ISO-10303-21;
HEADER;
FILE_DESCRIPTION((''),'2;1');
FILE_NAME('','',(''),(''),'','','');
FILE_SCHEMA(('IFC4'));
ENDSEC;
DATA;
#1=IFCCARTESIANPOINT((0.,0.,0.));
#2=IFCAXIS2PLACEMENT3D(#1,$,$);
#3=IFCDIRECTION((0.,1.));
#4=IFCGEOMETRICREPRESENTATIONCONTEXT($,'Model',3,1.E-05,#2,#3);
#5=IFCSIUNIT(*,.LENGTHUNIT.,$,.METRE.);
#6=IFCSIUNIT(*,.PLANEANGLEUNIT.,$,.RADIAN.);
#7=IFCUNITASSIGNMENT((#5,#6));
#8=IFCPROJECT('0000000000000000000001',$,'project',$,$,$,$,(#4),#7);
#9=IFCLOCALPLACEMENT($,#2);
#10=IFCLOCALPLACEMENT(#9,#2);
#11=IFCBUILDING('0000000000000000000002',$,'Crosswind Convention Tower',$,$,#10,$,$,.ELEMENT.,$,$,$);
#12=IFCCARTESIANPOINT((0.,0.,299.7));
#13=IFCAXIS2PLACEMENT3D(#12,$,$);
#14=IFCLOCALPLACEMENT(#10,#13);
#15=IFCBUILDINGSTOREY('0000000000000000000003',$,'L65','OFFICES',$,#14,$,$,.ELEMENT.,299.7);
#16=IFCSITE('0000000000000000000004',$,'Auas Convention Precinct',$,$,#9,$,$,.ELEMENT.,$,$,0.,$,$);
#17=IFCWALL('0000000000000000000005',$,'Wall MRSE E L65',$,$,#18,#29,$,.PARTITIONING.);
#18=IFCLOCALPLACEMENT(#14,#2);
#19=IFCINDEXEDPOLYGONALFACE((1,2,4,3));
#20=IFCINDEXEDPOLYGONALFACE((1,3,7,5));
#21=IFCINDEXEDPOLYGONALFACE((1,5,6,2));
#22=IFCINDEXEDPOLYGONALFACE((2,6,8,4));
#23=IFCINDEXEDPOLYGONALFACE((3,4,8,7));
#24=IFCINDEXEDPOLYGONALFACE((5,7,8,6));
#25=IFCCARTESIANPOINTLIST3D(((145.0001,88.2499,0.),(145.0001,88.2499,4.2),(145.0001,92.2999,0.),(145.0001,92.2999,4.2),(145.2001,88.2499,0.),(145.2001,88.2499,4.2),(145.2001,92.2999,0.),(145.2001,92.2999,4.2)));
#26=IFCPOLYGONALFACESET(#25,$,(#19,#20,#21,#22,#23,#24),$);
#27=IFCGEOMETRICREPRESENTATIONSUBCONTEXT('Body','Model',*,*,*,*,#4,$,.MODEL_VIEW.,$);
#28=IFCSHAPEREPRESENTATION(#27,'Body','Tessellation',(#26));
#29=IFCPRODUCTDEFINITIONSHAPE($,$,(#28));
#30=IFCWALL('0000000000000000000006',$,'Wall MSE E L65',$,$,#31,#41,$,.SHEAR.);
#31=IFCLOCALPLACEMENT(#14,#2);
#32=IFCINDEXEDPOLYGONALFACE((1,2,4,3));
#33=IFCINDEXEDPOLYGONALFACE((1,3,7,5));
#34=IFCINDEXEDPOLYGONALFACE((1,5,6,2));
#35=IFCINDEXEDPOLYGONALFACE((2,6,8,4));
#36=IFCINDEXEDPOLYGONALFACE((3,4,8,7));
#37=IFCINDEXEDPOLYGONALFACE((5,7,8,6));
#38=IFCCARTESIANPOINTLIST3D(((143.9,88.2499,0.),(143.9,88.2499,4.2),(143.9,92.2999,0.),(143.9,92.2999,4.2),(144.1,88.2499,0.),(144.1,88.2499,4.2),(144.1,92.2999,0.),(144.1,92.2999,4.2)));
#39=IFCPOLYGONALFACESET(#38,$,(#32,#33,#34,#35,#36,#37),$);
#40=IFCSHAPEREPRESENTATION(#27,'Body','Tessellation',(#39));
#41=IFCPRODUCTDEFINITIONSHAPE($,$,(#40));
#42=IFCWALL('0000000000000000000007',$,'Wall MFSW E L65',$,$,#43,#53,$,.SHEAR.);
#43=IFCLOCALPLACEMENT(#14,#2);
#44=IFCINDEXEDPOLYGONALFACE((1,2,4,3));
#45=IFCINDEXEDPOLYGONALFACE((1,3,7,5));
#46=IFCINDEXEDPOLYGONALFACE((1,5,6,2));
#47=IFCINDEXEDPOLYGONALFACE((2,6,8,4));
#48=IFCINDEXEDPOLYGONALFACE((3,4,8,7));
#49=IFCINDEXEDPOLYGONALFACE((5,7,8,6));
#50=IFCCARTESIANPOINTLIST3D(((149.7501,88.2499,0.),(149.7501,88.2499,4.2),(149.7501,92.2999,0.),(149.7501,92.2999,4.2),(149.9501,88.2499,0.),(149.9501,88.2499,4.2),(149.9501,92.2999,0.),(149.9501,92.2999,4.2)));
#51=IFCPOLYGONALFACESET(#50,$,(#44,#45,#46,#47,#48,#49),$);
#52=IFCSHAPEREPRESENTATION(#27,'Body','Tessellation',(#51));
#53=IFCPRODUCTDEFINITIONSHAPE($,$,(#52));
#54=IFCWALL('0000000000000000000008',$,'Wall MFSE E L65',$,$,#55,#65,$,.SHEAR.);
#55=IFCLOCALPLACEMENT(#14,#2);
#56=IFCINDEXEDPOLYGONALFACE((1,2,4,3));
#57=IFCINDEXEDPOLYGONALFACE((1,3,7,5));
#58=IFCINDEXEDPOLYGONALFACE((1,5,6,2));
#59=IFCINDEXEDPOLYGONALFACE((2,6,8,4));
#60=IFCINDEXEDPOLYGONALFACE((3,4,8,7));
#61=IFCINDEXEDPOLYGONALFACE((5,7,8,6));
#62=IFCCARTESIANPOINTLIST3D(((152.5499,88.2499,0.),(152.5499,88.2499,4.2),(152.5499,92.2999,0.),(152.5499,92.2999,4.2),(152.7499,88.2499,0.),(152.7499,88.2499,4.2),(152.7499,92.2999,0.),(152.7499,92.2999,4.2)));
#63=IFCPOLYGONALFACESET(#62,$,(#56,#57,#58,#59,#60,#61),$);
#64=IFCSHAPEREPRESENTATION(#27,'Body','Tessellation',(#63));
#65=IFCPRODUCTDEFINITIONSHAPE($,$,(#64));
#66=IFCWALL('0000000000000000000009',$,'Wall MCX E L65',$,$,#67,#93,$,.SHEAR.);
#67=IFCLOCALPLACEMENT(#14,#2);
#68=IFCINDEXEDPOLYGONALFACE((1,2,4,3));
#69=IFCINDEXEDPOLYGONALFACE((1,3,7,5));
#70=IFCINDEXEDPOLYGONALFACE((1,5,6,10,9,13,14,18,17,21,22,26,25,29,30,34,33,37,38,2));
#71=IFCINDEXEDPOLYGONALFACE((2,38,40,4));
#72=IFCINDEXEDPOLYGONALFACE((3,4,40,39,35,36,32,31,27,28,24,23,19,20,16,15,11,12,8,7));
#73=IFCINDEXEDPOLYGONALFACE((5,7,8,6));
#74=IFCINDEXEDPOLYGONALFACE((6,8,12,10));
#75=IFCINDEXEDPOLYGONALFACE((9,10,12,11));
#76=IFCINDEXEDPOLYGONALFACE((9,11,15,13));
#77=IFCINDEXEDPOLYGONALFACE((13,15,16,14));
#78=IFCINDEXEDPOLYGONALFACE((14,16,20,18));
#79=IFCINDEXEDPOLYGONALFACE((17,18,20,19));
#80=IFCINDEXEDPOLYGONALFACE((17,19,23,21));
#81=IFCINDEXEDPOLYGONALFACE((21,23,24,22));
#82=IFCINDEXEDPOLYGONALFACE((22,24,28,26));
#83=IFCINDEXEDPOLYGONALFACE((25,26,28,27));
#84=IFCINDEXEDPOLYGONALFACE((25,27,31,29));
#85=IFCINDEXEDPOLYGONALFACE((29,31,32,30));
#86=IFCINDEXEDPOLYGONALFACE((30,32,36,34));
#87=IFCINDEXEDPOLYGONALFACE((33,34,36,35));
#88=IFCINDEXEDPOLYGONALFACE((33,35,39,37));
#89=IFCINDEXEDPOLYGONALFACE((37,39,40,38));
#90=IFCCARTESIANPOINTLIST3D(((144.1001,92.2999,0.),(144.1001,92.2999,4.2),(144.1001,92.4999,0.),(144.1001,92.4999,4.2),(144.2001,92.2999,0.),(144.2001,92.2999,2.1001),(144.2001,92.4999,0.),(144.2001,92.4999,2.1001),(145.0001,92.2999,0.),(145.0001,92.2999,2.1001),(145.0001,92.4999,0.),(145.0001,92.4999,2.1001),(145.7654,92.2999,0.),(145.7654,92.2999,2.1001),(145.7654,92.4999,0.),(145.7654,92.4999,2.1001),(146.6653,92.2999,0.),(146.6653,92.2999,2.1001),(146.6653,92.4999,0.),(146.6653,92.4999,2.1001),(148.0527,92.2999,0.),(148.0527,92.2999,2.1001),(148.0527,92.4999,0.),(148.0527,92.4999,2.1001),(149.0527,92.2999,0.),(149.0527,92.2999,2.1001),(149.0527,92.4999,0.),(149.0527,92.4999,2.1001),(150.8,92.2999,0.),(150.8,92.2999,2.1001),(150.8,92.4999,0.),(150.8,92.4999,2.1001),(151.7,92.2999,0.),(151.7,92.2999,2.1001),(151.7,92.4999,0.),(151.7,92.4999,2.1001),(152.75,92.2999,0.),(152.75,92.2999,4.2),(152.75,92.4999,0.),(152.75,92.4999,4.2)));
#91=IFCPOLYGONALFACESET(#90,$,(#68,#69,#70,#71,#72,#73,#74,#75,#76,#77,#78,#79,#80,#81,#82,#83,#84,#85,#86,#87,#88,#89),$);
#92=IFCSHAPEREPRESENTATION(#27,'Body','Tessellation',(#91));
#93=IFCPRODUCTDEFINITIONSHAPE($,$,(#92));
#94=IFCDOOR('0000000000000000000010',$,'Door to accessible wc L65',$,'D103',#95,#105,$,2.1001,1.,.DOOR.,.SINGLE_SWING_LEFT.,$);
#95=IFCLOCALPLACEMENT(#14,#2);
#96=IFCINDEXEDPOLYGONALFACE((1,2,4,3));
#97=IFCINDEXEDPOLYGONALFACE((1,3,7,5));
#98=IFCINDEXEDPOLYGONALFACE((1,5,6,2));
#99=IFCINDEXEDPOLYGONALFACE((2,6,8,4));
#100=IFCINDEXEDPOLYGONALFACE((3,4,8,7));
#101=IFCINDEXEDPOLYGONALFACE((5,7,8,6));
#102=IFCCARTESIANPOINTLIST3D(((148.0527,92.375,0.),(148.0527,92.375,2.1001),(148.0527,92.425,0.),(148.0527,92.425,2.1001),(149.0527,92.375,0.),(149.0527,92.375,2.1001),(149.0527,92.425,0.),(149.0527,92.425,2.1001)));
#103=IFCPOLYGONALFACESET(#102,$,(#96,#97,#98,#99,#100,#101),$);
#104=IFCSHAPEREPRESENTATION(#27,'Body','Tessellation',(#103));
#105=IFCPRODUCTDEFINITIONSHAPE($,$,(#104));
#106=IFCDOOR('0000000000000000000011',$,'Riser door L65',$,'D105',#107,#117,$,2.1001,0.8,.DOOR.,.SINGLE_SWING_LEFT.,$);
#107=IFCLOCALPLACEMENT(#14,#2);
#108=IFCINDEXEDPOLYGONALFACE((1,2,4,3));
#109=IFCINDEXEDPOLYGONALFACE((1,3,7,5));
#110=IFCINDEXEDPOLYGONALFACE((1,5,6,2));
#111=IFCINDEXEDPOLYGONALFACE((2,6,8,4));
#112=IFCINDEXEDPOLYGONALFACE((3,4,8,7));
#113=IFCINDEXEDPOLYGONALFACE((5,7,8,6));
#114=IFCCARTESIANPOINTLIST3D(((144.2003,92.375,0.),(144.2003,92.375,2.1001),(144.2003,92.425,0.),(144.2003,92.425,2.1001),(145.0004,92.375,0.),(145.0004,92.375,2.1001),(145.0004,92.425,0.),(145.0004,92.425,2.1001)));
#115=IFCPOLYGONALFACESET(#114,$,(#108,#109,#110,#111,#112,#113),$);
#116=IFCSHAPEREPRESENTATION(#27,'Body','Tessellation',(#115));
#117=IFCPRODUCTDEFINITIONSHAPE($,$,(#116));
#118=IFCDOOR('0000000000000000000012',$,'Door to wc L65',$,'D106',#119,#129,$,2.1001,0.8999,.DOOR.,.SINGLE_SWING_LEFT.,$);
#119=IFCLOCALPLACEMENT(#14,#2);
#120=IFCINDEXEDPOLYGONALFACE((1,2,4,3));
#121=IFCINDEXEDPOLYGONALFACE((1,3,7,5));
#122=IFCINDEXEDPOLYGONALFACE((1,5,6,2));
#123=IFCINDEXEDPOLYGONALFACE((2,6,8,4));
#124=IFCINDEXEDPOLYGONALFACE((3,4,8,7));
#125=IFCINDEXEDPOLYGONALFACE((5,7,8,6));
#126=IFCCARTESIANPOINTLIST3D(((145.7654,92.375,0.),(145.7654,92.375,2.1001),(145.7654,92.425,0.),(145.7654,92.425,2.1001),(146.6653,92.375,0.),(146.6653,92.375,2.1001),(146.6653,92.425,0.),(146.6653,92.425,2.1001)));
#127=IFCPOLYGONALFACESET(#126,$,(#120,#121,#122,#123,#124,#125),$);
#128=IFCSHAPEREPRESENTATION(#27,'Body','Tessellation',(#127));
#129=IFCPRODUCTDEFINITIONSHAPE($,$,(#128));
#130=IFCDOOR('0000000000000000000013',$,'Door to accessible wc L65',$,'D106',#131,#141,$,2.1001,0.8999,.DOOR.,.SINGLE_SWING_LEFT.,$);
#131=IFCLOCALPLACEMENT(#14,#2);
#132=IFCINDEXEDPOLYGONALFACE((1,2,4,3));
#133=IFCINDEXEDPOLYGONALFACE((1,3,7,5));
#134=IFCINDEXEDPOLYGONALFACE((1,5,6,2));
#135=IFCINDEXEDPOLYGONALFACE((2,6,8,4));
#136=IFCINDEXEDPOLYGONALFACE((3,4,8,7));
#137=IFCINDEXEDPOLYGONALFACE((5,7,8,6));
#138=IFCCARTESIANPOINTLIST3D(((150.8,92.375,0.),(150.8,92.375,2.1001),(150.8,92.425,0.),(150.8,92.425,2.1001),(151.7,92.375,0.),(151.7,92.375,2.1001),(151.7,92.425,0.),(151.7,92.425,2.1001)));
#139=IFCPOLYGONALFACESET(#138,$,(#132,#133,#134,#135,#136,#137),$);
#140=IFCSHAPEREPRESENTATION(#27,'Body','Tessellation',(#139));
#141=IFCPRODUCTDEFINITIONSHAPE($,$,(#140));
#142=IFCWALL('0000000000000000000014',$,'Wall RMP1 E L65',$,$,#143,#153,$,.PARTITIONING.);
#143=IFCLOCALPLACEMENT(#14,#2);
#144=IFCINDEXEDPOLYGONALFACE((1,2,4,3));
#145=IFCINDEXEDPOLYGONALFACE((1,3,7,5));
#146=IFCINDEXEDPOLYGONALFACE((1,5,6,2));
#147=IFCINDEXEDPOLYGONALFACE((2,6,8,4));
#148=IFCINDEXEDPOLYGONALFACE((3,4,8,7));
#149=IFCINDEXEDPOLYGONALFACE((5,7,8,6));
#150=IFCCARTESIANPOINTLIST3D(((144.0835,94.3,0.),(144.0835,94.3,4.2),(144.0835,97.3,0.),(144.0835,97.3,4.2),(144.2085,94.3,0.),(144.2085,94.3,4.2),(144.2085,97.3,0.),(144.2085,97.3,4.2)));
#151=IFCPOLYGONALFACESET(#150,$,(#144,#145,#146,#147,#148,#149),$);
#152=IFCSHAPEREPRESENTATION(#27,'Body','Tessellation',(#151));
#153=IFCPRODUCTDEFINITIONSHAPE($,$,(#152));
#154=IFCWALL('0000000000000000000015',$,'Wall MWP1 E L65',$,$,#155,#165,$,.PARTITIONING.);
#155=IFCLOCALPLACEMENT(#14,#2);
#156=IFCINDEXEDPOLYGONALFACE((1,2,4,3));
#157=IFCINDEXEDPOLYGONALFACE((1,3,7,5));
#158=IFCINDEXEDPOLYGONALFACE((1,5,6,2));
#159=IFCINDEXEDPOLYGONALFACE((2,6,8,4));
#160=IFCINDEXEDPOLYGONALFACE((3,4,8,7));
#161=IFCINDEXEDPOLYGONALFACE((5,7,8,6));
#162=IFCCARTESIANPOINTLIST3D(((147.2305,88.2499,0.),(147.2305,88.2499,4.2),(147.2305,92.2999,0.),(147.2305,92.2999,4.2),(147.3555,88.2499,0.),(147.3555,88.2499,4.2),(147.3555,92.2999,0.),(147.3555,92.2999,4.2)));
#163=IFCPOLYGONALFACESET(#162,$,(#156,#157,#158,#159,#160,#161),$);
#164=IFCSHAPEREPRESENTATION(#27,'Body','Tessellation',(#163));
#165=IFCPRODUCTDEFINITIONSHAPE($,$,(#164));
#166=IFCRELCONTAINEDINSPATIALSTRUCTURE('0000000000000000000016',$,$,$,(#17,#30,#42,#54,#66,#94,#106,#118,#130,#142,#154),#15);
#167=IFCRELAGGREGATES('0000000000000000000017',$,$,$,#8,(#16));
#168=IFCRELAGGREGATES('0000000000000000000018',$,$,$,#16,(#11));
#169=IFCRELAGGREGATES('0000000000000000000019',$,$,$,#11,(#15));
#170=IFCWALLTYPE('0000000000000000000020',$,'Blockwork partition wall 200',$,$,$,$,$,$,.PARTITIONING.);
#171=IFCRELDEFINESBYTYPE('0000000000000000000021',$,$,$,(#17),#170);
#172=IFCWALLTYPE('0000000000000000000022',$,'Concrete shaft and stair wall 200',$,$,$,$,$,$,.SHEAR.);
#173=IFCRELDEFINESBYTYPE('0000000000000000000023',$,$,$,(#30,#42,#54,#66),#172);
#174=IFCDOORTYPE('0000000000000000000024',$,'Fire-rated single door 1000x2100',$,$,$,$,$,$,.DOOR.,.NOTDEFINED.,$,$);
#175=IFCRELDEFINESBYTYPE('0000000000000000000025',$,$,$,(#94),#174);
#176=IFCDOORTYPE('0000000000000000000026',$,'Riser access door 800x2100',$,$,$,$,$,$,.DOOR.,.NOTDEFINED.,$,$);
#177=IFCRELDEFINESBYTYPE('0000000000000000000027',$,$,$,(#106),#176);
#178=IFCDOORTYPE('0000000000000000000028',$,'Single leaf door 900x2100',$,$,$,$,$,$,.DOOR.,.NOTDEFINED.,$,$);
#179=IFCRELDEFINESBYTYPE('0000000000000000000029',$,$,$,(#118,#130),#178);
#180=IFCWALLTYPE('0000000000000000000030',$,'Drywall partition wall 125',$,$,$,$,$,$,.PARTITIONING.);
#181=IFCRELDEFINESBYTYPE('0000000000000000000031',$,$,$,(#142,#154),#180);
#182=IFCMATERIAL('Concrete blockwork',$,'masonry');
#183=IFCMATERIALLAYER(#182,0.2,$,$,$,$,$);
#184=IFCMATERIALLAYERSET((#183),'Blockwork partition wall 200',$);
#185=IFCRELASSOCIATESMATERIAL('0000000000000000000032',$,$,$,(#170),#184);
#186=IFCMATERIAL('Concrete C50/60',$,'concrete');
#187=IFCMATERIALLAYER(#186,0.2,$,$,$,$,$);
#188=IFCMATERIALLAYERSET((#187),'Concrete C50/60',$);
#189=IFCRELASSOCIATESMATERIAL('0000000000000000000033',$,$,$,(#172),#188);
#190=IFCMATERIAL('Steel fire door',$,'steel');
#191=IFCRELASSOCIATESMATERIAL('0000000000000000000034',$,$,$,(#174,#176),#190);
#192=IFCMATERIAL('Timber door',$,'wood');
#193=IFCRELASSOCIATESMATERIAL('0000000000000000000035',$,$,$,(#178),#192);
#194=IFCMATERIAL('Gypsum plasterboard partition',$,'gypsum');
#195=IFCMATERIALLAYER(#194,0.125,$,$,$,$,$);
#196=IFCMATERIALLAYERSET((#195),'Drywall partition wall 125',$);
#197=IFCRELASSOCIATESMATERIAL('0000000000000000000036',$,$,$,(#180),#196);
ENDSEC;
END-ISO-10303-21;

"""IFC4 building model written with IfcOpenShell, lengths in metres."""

from ifc_helpers import new_model, si_unit, direction, frame, frame_2d, origin, place, context, subcontext, project, spatial, rectangle, extrude, material, layer, layer_set, type_object, element, fill, save


model = new_model("IFC4")

# Units and contexts
model_context = context("Model", 3, precision=1e-05, world=origin(), true_north=direction((0.0, 1.0)))
body_context = subcontext(model_context, "Body", "Model", "MODEL_VIEW")
ifc_project = project(units=[si_unit("LENGTHUNIT", "METRE"), si_unit("PLANEANGLEUNIT", "RADIAN")], contexts=[model_context])

# Site, building, storey
site_placement = place(None, origin())
site = spatial("IfcSite", under=ifc_project, at=site_placement, Name="Auas Convention Precinct", CompositionType="ELEMENT", RefElevation=0.0)
building_placement = place(site_placement, origin())
building = spatial("IfcBuilding", under=site, at=building_placement, Name="Crosswind Convention Tower", CompositionType="ELEMENT")
storey_placement = place(building_placement, frame((0.0, 0.0, 299.7)))
storey = spatial("IfcBuildingStorey", under=building, at=storey_placement, Name="L65", Description="OFFICES", CompositionType="ELEMENT", Elevation=299.7)

# Walls
ifc_material_1 = material(Name="Concrete blockwork", Category="masonry")
ifc_layer_1 = layer(ifc_material_1, 0.2)
ifc_layer_set_1 = layer_set([ifc_layer_1], Name="Blockwork partition wall 200")
wall_type_1 = type_object("IfcWallType", Name="Blockwork partition wall 200", PredefinedType="PARTITIONING", material=ifc_layer_set_1)
wall_1_placement = place(storey_placement, frame((145.1001, 88.25, 0.0), z_axis=(0.0, 0.0, 1.0), x_axis=(0.0, 1.0, 0.0)))
element("IfcWall", 1, at=wall_1_placement, inside=storey, type_object=wall_type_1, Name="Wall MRSE E L65", PredefinedType="PARTITIONING", context=body_context, shape_type="SweptSolid", body=[
    extrude(rectangle(XDim=4.05, YDim=0.2, at=frame_2d((2.0249, 0.0))), origin(), (0.0, 0.0, 1.0), 4.2),
])
ifc_material_2 = material(Name="Concrete C50/60", Category="concrete")
ifc_layer_2 = layer(ifc_material_2, 0.2)
ifc_layer_set_2 = layer_set([ifc_layer_2], Name="Concrete C50/60")
wall_type_2 = type_object("IfcWallType", Name="Concrete shaft and stair wall 200", PredefinedType="SHEAR", material=ifc_layer_set_2)
for number, where, z_axis, x_axis, name in (
    (2, (144.0, 88.25, 0.0), (0.0, 0.0, 1.0), (0.0, 1.0, 0.0), "Wall MSE E L65"),
    (3, (149.8501, 88.25, 0.0), (0.0, 0.0, 1.0), (0.0, 1.0, 0.0), "Wall MFSW E L65"),
    (4, (152.6499, 88.25, 0.0), (0.0, 0.0, 1.0), (0.0, 1.0, 0.0), "Wall MFSE E L65"),
):
    element("IfcWall", number, at=place(storey_placement, frame(where, z_axis=z_axis, x_axis=x_axis)), inside=storey, type_object=wall_type_2, Name=name, PredefinedType="SHEAR", context=body_context, shape_type="SweptSolid", body=[
        extrude(rectangle(XDim=4.05, YDim=0.2, at=frame_2d((2.0249, 0.0))), origin(), (0.0, 0.0, 1.0), 4.2),
    ])

# Wall, openings, doors
wall_2_placement = place(storey_placement, frame((144.1001, 92.3999, 0.0), z_axis=(0.0, 0.0, 1.0), x_axis=(1.0, 0.0, 0.0)))
wall_2 = element("IfcWall", 5, at=wall_2_placement, inside=storey, type_object=wall_type_2, Name="Wall MCX E L65", PredefinedType="SHEAR", context=body_context, shape_type="SweptSolid", body=[
    extrude(rectangle(XDim=8.6499, YDim=0.2, at=frame_2d((4.325, 0.0))), origin(), (0.0, 0.0, 1.0), 4.2),
])
opening_1_placement = place(wall_2_placement, frame((0.1001, 0.0, 0.0)))
opening_1 = element("IfcOpeningElement", 6, at=opening_1_placement, cuts=wall_2, PredefinedType="OPENING", context=body_context, shape_type="SweptSolid", body=[
    extrude(rectangle(XDim=0.8, YDim=2.1001, at=frame_2d((0.3999, 1.05))), frame((0.0, 0.1099, 0.0), z_axis=(0.0, -1.0, 0.0), x_axis=(1.0, 0.0, 0.0)), (0.0, 0.0, 1.0), 0.22),
])
opening_2_placement = place(wall_2_placement, frame((1.6653, 0.0, 0.0)))
opening_2 = element("IfcOpeningElement", 7, at=opening_2_placement, cuts=wall_2, PredefinedType="OPENING", context=body_context, shape_type="SweptSolid", body=[
    extrude(rectangle(XDim=0.8999, YDim=2.1001, at=frame_2d((0.45, 1.05))), frame((0.0, 0.1099, 0.0), z_axis=(0.0, -1.0, 0.0), x_axis=(1.0, 0.0, 0.0)), (0.0, 0.0, 1.0), 0.22),
])
opening_3_placement = place(wall_2_placement, frame((3.9526, 0.0, 0.0)))
opening_3 = element("IfcOpeningElement", 8, at=opening_3_placement, cuts=wall_2, PredefinedType="OPENING", context=body_context, shape_type="SweptSolid", body=[
    extrude(rectangle(XDim=1.0, YDim=2.1001, at=frame_2d((0.5, 1.05))), frame((0.0, 0.1099, 0.0), z_axis=(0.0, -1.0, 0.0), x_axis=(1.0, 0.0, 0.0)), (0.0, 0.0, 1.0), 0.22),
])
opening_4_placement = place(wall_2_placement, frame((6.7, 0.0, 0.0)))
opening_4 = element("IfcOpeningElement", 9, at=opening_4_placement, cuts=wall_2, PredefinedType="OPENING", context=body_context, shape_type="SweptSolid", body=[
    extrude(rectangle(XDim=0.8999, YDim=2.1001, at=frame_2d((0.45, 1.05))), frame((0.0, 0.1099, 0.0), z_axis=(0.0, -1.0, 0.0), x_axis=(1.0, 0.0, 0.0)), (0.0, 0.0, 1.0), 0.22),
])
ifc_material_3 = material(Name="Steel fire door", Category="steel")
door_type_1 = type_object("IfcDoorType", Name="Fire-rated single door 1000x2100", OperationType="NOTDEFINED", PredefinedType="DOOR", material=ifc_material_3)
door_1_placement = place(opening_3_placement, frame((1.0, 0.0, 0.0), z_axis=(0.0, 0.0, 1.0), x_axis=(-1.0, 0.0, 0.0)))
door_1 = element("IfcDoor", 10, at=door_1_placement, inside=storey, type_object=door_type_1, Name="Door to accessible wc L65", ObjectType="D103", OperationType="SINGLE_SWING_LEFT", OverallHeight=2.1001, OverallWidth=1.0, PredefinedType="DOOR", context=body_context, shape_type="SweptSolid", body=[
    extrude(rectangle(XDim=1.0, YDim=2.1001, at=frame_2d((0.5, 1.05))), frame((0.0, 0.0249, 0.0), z_axis=(0.0, -1.0, 0.0), x_axis=(1.0, 0.0, 0.0)), (0.0, 0.0, 1.0), 0.05),
])
fill(opening_3, door_1)
door_type_2 = type_object("IfcDoorType", Name="Riser access door 800x2100", OperationType="NOTDEFINED", PredefinedType="DOOR", material=ifc_material_3)
door_2_placement = place(opening_1_placement, frame((0.8, 0.0, 0.0), z_axis=(0.0, 0.0, 1.0), x_axis=(-1.0, 0.0, 0.0)))
door_2 = element("IfcDoor", 11, at=door_2_placement, inside=storey, type_object=door_type_2, Name="Riser door L65", ObjectType="D105", OperationType="SINGLE_SWING_LEFT", OverallHeight=2.1001, OverallWidth=0.8, PredefinedType="DOOR", context=body_context, shape_type="SweptSolid", body=[
    extrude(rectangle(XDim=0.8, YDim=2.1001, at=frame_2d((0.3999, 1.05))), frame((0.0, 0.0249, 0.0), z_axis=(0.0, -1.0, 0.0), x_axis=(1.0, 0.0, 0.0)), (0.0, 0.0, 1.0), 0.05),
])
fill(opening_1, door_2)
ifc_material_4 = material(Name="Timber door", Category="wood")
door_type_3 = type_object("IfcDoorType", Name="Single leaf door 900x2100", OperationType="NOTDEFINED", PredefinedType="DOOR", material=ifc_material_4)
door_3_placement = place(opening_2_placement, frame((0.8999, 0.0, 0.0), z_axis=(0.0, 0.0, 1.0), x_axis=(-1.0, 0.0, 0.0)))
door_3 = element("IfcDoor", 12, at=door_3_placement, inside=storey, type_object=door_type_3, Name="Door to wc L65", ObjectType="D106", OperationType="SINGLE_SWING_LEFT", OverallHeight=2.1001, OverallWidth=0.8999, PredefinedType="DOOR", context=body_context, shape_type="SweptSolid", body=[
    extrude(rectangle(XDim=0.8999, YDim=2.1001, at=frame_2d((0.45, 1.05))), frame((0.0, 0.0249, 0.0), z_axis=(0.0, -1.0, 0.0), x_axis=(1.0, 0.0, 0.0)), (0.0, 0.0, 1.0), 0.05),
])
fill(opening_2, door_3)
door_4_placement = place(opening_4_placement, frame((0.8999, 0.0, 0.0), z_axis=(0.0, 0.0, 1.0), x_axis=(-1.0, 0.0, 0.0)))
door_4 = element("IfcDoor", 13, at=door_4_placement, inside=storey, type_object=door_type_3, Name="Door to accessible wc L65", ObjectType="D106", OperationType="SINGLE_SWING_LEFT", OverallHeight=2.1001, OverallWidth=0.8999, PredefinedType="DOOR", context=body_context, shape_type="SweptSolid", body=[
    extrude(rectangle(XDim=0.8999, YDim=2.1001, at=frame_2d((0.45, 1.05))), frame((0.0, 0.0249, 0.0), z_axis=(0.0, -1.0, 0.0), x_axis=(1.0, 0.0, 0.0)), (0.0, 0.0, 1.0), 0.05),
])
fill(opening_4, door_4)

# Walls
ifc_material_5 = material(Name="Gypsum plasterboard partition", Category="gypsum")
ifc_layer_3 = layer(ifc_material_5, 0.125)
ifc_layer_set_3 = layer_set([ifc_layer_3], Name="Drywall partition wall 125")
wall_type_3 = type_object("IfcWallType", Name="Drywall partition wall 125", PredefinedType="PARTITIONING", material=ifc_layer_set_3)
wall_3_placement = place(storey_placement, frame((144.146, 94.3, 0.0), z_axis=(0.0, 0.0, 1.0), x_axis=(0.0, 1.0, 0.0)))
element("IfcWall", 14, at=wall_3_placement, inside=storey, type_object=wall_type_3, Name="Wall RMP1 E L65", PredefinedType="PARTITIONING", context=body_context, shape_type="SweptSolid", body=[
    extrude(rectangle(XDim=3.0, YDim=0.125, at=frame_2d((1.5, 0.0))), origin(), (0.0, 0.0, 1.0), 4.2),
])
wall_4_placement = place(storey_placement, frame((147.293, 88.25, 0.0), z_axis=(0.0, 0.0, 1.0), x_axis=(0.0, 1.0, 0.0)))
element("IfcWall", 15, at=wall_4_placement, inside=storey, type_object=wall_type_3, Name="Wall MWP1 E L65", PredefinedType="PARTITIONING", context=body_context, shape_type="SweptSolid", body=[
    extrude(rectangle(XDim=4.05, YDim=0.125, at=frame_2d((2.0249, 0.0))), origin(), (0.0, 0.0, 1.0), 4.2),
])

save(model, "model.ifc")
